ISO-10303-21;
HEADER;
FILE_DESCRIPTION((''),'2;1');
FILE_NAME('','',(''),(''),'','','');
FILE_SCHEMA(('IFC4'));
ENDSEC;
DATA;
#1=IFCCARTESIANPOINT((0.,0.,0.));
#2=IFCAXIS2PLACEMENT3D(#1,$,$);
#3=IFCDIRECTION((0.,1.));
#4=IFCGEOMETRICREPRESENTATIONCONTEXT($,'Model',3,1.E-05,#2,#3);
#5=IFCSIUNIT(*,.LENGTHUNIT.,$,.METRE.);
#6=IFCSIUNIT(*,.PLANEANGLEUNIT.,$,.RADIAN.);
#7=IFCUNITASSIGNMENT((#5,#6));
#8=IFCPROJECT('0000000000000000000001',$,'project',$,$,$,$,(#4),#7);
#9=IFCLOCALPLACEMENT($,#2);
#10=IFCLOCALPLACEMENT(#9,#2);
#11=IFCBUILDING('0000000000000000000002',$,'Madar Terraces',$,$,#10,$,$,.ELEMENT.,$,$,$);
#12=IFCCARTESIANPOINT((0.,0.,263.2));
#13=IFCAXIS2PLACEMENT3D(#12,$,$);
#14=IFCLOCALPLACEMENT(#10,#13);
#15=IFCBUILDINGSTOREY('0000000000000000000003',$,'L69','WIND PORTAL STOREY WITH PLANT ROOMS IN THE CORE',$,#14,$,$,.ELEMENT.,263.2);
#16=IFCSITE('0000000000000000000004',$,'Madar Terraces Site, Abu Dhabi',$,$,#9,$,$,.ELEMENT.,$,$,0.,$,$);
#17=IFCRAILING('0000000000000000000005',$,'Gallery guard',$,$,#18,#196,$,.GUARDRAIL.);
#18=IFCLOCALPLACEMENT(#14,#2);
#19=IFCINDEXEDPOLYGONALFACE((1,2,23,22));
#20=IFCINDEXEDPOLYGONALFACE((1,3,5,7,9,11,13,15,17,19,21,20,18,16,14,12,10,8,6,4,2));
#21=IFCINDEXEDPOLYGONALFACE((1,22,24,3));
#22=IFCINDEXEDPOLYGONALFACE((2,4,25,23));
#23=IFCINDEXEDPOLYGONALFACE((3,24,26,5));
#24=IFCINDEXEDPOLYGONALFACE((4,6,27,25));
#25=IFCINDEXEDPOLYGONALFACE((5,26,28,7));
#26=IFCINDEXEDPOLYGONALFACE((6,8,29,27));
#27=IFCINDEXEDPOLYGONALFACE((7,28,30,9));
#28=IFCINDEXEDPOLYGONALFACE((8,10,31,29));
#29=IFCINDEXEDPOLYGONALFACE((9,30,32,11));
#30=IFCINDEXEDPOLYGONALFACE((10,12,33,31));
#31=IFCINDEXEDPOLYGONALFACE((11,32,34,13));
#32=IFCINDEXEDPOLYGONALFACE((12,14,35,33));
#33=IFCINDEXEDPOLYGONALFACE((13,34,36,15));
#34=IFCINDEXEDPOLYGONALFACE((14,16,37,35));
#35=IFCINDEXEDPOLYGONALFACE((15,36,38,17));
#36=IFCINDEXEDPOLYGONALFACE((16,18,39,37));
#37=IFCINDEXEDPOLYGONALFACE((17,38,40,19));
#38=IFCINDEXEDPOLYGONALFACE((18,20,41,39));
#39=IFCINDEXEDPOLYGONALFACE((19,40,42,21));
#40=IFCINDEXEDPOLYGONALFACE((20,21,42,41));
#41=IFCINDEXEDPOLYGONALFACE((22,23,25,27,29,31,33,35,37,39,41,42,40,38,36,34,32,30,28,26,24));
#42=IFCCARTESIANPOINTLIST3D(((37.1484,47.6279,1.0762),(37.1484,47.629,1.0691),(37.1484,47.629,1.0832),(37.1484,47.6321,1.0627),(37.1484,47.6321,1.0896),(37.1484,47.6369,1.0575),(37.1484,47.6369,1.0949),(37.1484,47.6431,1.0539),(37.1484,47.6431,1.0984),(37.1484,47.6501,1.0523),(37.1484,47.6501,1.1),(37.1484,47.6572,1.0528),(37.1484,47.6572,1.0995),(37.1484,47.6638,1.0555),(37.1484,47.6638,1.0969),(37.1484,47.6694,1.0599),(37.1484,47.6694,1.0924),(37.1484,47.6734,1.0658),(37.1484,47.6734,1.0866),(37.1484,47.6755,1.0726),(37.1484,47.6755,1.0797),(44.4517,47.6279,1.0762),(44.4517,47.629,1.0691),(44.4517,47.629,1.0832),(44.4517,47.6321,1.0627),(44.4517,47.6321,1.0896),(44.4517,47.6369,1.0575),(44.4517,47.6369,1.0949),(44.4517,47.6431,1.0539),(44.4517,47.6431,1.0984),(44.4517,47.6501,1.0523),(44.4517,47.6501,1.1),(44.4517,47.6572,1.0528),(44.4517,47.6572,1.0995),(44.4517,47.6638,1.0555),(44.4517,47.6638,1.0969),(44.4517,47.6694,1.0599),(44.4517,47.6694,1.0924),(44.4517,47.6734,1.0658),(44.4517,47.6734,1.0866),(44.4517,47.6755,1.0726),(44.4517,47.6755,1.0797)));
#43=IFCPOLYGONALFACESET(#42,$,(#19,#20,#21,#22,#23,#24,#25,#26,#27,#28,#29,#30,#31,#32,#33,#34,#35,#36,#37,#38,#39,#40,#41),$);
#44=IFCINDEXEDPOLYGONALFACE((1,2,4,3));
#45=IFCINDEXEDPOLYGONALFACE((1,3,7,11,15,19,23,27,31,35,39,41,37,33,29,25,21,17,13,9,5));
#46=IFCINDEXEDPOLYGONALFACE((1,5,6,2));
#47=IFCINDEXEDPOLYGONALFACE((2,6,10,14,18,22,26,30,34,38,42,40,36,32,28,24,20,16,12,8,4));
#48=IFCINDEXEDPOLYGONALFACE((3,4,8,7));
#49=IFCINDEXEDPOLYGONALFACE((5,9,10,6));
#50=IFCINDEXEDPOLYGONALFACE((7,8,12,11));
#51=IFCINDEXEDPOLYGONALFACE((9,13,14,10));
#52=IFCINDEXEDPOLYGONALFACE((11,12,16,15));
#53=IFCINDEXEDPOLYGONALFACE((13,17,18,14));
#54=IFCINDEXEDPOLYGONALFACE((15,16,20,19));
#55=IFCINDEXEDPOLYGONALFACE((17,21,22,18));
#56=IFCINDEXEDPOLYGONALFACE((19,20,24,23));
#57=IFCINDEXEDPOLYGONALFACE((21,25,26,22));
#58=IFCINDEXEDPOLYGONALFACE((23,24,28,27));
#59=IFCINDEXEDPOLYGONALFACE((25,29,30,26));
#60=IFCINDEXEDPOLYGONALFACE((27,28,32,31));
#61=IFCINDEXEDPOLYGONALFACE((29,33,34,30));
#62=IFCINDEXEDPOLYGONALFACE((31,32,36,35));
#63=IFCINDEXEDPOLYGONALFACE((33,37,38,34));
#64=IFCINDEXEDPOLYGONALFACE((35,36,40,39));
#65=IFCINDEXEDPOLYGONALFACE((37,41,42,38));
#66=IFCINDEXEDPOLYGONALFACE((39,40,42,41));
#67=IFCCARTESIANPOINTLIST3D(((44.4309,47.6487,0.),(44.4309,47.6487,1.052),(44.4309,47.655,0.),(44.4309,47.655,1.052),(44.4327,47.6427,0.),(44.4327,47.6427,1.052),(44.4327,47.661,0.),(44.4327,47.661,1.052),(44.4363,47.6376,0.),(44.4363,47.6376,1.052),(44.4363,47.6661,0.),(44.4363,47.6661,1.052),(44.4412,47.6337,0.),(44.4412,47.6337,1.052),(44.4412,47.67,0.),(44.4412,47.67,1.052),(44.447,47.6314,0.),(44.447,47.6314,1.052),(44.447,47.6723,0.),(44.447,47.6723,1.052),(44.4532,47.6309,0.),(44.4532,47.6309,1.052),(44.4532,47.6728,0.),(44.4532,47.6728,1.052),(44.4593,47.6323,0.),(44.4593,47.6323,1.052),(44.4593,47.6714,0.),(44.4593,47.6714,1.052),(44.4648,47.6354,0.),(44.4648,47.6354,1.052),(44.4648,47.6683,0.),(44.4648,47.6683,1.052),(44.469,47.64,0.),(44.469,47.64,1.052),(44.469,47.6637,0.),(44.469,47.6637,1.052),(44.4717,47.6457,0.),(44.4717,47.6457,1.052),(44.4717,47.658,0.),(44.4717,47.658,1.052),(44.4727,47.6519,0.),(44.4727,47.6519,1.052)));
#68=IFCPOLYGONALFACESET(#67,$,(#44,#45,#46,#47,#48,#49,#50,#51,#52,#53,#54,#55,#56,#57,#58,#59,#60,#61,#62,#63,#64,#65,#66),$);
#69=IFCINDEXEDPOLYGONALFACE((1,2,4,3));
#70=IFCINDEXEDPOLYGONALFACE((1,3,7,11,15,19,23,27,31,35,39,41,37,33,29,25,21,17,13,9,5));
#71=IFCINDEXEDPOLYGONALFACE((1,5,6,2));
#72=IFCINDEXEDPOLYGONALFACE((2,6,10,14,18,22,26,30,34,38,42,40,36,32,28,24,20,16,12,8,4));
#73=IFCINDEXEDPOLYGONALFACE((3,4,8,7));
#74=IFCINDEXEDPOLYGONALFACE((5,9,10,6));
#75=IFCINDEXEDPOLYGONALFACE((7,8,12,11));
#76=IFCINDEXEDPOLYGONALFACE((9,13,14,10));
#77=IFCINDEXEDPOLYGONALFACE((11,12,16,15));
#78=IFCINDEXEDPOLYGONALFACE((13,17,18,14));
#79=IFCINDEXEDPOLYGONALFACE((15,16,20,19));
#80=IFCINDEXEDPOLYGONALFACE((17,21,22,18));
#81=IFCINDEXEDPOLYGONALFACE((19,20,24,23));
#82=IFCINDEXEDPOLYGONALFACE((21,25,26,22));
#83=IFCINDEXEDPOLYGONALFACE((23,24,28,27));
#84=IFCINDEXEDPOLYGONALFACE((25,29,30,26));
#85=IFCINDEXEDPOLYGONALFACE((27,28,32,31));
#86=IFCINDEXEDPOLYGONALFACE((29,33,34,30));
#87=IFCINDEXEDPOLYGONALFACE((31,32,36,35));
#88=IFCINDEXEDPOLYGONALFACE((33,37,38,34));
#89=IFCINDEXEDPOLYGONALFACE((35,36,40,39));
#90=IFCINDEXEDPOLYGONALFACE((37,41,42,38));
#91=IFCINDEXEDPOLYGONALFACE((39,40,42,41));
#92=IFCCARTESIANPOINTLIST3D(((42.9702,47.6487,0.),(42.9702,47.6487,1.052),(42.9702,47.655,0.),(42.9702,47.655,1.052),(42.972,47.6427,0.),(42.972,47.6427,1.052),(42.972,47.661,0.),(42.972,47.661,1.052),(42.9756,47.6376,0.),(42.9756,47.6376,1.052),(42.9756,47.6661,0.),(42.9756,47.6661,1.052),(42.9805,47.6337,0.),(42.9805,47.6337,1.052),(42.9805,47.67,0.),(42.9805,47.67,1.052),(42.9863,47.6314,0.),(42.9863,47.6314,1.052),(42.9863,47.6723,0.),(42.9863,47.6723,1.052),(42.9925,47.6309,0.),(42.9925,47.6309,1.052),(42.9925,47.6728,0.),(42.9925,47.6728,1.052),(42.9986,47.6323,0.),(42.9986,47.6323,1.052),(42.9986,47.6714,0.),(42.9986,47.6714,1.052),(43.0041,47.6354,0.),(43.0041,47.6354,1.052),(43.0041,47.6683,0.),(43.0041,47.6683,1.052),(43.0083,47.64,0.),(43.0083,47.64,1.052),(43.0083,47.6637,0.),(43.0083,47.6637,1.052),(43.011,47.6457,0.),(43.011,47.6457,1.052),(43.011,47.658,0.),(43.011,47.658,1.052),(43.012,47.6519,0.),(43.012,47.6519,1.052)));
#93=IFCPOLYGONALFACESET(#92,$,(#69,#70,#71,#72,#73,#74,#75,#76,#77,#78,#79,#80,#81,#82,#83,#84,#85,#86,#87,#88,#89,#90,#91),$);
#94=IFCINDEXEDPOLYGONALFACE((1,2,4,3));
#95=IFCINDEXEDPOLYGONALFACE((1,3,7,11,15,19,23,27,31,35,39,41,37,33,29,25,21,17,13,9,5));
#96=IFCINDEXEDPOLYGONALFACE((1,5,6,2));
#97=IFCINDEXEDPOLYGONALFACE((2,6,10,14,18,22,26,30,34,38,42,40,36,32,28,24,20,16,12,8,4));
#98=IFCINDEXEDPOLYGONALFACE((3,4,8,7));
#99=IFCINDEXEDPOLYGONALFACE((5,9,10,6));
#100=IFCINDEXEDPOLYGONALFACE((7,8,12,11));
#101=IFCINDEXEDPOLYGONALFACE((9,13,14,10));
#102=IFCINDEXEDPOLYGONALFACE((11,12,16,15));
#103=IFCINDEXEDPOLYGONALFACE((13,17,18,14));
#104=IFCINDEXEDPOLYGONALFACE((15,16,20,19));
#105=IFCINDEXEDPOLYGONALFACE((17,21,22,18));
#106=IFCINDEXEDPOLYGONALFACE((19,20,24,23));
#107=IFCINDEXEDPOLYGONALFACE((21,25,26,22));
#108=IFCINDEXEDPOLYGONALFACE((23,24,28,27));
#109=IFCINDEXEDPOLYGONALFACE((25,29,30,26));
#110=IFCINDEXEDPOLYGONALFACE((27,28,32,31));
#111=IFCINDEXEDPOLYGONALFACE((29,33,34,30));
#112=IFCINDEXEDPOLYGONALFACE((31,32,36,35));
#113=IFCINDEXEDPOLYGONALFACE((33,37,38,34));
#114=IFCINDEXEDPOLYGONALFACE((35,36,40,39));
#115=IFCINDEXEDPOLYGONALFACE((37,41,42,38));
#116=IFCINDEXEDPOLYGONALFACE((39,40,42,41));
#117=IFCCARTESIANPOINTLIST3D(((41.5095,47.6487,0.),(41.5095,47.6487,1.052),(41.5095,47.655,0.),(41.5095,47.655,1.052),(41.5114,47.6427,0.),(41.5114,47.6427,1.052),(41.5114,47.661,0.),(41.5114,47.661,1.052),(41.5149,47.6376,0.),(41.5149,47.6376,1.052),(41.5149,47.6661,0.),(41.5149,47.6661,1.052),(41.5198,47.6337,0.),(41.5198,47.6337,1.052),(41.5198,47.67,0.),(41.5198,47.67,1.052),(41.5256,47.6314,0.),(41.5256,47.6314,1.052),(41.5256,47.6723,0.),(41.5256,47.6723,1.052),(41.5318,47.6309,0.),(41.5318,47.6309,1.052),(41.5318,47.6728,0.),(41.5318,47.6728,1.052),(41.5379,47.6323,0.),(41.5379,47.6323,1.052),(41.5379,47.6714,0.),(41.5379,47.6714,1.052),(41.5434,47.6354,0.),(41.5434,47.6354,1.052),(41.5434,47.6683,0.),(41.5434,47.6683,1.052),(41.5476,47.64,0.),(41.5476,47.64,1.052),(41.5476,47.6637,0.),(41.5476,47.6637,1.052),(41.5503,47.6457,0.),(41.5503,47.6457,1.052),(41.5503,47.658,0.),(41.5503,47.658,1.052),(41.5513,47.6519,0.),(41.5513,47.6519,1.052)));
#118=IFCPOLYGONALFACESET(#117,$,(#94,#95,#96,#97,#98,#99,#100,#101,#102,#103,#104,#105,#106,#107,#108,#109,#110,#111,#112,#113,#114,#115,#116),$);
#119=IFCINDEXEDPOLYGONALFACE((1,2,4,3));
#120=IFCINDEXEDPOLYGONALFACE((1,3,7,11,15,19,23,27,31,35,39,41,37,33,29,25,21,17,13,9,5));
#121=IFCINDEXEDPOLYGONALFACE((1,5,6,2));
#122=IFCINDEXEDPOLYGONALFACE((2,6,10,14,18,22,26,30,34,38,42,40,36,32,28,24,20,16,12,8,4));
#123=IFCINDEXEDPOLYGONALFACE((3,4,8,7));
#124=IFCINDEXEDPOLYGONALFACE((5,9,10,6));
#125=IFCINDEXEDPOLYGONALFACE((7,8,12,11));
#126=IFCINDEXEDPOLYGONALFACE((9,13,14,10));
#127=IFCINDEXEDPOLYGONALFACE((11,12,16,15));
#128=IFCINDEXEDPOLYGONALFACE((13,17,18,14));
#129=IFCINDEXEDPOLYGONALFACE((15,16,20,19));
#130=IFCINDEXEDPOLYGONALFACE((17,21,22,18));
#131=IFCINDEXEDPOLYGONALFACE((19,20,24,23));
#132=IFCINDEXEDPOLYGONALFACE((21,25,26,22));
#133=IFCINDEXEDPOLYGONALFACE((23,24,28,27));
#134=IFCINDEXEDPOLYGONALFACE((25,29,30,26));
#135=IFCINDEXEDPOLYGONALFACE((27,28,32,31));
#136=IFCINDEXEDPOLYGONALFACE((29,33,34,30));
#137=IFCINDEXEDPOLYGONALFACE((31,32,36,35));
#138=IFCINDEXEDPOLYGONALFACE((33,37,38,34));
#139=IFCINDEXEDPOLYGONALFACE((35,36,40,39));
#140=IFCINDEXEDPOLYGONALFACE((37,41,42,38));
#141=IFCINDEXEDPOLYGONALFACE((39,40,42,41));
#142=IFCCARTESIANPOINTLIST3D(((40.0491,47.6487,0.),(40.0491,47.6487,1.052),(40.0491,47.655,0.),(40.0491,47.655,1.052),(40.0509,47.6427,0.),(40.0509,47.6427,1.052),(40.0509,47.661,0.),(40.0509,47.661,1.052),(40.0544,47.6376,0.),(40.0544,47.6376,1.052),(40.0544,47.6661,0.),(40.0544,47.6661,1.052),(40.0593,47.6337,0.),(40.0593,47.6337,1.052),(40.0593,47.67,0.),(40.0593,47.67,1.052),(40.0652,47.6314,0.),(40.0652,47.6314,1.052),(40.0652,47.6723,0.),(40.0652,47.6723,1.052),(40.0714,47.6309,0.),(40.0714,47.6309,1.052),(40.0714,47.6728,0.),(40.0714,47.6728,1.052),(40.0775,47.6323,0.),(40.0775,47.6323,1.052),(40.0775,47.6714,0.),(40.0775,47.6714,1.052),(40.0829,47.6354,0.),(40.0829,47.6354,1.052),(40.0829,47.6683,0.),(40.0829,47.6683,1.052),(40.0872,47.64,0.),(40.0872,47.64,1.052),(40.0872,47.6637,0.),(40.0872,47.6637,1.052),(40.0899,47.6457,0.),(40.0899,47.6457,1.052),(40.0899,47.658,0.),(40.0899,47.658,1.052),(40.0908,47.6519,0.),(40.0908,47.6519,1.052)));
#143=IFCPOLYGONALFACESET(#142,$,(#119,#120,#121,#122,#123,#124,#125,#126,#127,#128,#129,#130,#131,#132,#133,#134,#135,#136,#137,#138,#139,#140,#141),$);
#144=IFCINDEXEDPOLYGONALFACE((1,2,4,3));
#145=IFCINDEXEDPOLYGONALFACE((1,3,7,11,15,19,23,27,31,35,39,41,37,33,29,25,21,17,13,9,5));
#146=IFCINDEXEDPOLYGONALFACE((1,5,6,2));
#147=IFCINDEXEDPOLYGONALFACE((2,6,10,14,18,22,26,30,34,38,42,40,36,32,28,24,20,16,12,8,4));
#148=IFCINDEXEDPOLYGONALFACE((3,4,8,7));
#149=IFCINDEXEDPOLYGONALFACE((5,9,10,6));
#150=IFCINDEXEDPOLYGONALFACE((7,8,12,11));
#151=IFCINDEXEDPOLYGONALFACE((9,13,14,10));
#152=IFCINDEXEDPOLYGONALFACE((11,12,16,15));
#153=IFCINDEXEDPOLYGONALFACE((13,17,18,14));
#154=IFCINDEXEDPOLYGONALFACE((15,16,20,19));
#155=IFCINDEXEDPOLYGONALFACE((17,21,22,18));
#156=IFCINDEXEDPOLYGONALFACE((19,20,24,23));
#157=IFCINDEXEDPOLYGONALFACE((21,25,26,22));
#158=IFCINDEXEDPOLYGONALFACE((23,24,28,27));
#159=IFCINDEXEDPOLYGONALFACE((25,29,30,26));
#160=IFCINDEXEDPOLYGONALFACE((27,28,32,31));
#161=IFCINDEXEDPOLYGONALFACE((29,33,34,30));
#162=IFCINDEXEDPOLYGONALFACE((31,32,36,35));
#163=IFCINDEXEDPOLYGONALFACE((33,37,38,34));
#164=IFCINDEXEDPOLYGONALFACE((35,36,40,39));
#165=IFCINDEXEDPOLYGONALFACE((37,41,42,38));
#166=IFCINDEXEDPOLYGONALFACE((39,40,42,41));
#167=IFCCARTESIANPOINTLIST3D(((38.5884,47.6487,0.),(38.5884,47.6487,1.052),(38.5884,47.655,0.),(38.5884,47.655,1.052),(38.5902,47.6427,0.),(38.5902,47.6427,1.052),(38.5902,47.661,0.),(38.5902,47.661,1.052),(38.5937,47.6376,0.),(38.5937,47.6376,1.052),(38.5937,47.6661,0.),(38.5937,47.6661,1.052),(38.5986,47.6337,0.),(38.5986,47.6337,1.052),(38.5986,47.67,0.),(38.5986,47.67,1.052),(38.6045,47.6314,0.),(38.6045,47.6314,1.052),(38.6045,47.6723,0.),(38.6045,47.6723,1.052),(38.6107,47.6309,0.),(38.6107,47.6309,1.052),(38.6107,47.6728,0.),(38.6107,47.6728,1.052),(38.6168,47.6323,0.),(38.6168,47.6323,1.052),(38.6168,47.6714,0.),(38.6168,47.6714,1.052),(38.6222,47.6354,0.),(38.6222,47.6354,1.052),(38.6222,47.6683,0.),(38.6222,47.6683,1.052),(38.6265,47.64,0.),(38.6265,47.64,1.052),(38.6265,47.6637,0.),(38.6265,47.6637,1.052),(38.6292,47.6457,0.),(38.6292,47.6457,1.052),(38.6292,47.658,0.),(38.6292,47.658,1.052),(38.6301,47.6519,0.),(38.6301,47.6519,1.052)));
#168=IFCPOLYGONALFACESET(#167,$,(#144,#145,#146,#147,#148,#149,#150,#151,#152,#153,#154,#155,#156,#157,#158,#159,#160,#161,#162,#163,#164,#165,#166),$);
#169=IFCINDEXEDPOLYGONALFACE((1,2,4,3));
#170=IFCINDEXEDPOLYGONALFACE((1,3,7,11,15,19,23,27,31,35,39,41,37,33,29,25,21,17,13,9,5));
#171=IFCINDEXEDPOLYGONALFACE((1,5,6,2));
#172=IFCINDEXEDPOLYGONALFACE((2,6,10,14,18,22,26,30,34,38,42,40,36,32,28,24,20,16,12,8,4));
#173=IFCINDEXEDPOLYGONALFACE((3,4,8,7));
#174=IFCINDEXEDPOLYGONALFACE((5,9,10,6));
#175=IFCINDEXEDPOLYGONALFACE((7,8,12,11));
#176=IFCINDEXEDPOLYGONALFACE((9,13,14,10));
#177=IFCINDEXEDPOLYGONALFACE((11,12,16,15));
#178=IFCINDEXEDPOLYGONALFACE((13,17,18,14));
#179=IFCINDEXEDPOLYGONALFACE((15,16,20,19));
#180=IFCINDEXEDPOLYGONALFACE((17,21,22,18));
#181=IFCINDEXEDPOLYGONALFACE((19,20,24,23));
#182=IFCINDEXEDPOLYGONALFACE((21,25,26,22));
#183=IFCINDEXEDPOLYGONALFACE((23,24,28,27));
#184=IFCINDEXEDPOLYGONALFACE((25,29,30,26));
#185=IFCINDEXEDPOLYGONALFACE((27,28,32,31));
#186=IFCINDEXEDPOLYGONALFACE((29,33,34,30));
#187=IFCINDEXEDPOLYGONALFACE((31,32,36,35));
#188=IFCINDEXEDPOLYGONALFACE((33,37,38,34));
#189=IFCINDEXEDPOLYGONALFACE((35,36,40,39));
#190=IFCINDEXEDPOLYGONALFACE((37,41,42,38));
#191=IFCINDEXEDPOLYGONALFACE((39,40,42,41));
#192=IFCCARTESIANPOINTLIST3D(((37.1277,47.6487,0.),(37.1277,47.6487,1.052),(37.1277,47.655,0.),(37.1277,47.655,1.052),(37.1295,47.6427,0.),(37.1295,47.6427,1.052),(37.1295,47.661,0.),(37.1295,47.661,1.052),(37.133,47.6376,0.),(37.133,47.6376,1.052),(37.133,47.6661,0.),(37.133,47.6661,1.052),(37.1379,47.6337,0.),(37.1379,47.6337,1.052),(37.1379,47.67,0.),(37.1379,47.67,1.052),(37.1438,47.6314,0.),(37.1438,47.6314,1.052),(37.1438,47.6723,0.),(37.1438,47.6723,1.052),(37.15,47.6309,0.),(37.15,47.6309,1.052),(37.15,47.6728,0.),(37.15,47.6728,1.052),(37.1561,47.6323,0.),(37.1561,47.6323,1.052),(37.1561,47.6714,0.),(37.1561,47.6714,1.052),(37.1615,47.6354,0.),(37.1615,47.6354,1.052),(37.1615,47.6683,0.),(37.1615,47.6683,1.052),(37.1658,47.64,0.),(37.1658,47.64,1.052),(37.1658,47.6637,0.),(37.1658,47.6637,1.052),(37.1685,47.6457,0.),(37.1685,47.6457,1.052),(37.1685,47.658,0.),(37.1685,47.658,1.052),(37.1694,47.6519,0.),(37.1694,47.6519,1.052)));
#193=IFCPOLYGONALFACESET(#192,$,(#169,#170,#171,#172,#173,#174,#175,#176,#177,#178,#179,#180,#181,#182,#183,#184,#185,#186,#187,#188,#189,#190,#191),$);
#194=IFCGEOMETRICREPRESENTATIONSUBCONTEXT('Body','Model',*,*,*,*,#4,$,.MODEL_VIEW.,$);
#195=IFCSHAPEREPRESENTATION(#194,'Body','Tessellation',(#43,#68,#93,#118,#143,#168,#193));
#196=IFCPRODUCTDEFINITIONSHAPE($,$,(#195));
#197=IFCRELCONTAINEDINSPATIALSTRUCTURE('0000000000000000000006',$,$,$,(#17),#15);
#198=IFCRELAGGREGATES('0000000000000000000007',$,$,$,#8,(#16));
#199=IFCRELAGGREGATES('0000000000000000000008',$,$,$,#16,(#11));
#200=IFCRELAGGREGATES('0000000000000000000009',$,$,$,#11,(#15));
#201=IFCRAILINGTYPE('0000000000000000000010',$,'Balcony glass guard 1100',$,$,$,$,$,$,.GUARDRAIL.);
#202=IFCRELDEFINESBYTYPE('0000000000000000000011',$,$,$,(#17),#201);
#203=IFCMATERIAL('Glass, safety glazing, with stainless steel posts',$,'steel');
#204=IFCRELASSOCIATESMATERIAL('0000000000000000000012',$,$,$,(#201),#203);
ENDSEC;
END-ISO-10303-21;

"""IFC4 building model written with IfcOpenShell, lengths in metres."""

from ifc_helpers import new_model, si_unit, direction, frame, origin, origin_2d, place, context, subcontext, project, spatial, circle, extrude, material, type_object, element, save


model = new_model("IFC4")

# Units and contexts
model_context = context("Model", 3, precision=1e-05, world=origin(), true_north=direction((0.0, 1.0)))
body_context = subcontext(model_context, "Body", "Model", "MODEL_VIEW")
ifc_project = project(units=[si_unit("LENGTHUNIT", "METRE"), si_unit("PLANEANGLEUNIT", "RADIAN")], contexts=[model_context])

# Site, building, storey
site_placement = place(None, origin())
site = spatial("IfcSite", under=ifc_project, at=site_placement, Name="Madar Terraces Site, Abu Dhabi", CompositionType="ELEMENT", RefElevation=0.0)
building_placement = place(site_placement, origin())
building = spatial("IfcBuilding", under=site, at=building_placement, Name="Madar Terraces", CompositionType="ELEMENT")
storey_placement = place(building_placement, frame((0.0, 0.0, 263.2)))
storey = spatial("IfcBuildingStorey", under=building, at=storey_placement, Name="L69", Description="WIND PORTAL STOREY WITH PLANT ROOMS IN THE CORE", CompositionType="ELEMENT", Elevation=263.2)

# Railing
ifc_material_1 = material(Name="Glass, safety glazing, with stainless steel posts", Category="steel")
railing_type = type_object("IfcRailingType", Name="Balcony glass guard 1100", PredefinedType="GUARDRAIL", material=ifc_material_1)
railing_1_placement = place(storey_placement, frame((44.4517, 47.6519, 0.0)))
element("IfcRailing", 1, at=railing_1_placement, inside=storey, type_object=railing_type, Name="Gallery guard", PredefinedType="GUARDRAIL", context=body_context, shape_type="SweptSolid", body=[
    extrude(circle(Radius=0.0239, at=origin_2d()), frame((0.0, 0.0, 1.0762), z_axis=(-1.0, 0.0, 0.0), x_axis=(0.0, -1.0, 0.0)), (0.0, 0.0, 1.0), 7.3032),
    extrude(circle(Radius=0.021, at=origin_2d()), origin(), (0.0, 0.0, 1.0), 1.052),
    extrude(circle(Radius=0.021, at=origin_2d()), frame((-1.4607, 0.0, 0.0)), (0.0, 0.0, 1.0), 1.052),
    extrude(circle(Radius=0.021, at=origin_2d()), frame((-2.9214, 0.0, 0.0)), (0.0, 0.0, 1.0), 1.052),
    extrude(circle(Radius=0.021, at=origin_2d()), frame((-4.3818, 0.0, 0.0)), (0.0, 0.0, 1.0), 1.052),
    extrude(circle(Radius=0.021, at=origin_2d()), frame((-5.8425, 0.0, 0.0)), (0.0, 0.0, 1.0), 1.052),
    extrude(circle(Radius=0.021, at=origin_2d()), frame((-7.3032, 0.0, 0.0)), (0.0, 0.0, 1.0), 1.052),
])

save(model, "model.ifc")
